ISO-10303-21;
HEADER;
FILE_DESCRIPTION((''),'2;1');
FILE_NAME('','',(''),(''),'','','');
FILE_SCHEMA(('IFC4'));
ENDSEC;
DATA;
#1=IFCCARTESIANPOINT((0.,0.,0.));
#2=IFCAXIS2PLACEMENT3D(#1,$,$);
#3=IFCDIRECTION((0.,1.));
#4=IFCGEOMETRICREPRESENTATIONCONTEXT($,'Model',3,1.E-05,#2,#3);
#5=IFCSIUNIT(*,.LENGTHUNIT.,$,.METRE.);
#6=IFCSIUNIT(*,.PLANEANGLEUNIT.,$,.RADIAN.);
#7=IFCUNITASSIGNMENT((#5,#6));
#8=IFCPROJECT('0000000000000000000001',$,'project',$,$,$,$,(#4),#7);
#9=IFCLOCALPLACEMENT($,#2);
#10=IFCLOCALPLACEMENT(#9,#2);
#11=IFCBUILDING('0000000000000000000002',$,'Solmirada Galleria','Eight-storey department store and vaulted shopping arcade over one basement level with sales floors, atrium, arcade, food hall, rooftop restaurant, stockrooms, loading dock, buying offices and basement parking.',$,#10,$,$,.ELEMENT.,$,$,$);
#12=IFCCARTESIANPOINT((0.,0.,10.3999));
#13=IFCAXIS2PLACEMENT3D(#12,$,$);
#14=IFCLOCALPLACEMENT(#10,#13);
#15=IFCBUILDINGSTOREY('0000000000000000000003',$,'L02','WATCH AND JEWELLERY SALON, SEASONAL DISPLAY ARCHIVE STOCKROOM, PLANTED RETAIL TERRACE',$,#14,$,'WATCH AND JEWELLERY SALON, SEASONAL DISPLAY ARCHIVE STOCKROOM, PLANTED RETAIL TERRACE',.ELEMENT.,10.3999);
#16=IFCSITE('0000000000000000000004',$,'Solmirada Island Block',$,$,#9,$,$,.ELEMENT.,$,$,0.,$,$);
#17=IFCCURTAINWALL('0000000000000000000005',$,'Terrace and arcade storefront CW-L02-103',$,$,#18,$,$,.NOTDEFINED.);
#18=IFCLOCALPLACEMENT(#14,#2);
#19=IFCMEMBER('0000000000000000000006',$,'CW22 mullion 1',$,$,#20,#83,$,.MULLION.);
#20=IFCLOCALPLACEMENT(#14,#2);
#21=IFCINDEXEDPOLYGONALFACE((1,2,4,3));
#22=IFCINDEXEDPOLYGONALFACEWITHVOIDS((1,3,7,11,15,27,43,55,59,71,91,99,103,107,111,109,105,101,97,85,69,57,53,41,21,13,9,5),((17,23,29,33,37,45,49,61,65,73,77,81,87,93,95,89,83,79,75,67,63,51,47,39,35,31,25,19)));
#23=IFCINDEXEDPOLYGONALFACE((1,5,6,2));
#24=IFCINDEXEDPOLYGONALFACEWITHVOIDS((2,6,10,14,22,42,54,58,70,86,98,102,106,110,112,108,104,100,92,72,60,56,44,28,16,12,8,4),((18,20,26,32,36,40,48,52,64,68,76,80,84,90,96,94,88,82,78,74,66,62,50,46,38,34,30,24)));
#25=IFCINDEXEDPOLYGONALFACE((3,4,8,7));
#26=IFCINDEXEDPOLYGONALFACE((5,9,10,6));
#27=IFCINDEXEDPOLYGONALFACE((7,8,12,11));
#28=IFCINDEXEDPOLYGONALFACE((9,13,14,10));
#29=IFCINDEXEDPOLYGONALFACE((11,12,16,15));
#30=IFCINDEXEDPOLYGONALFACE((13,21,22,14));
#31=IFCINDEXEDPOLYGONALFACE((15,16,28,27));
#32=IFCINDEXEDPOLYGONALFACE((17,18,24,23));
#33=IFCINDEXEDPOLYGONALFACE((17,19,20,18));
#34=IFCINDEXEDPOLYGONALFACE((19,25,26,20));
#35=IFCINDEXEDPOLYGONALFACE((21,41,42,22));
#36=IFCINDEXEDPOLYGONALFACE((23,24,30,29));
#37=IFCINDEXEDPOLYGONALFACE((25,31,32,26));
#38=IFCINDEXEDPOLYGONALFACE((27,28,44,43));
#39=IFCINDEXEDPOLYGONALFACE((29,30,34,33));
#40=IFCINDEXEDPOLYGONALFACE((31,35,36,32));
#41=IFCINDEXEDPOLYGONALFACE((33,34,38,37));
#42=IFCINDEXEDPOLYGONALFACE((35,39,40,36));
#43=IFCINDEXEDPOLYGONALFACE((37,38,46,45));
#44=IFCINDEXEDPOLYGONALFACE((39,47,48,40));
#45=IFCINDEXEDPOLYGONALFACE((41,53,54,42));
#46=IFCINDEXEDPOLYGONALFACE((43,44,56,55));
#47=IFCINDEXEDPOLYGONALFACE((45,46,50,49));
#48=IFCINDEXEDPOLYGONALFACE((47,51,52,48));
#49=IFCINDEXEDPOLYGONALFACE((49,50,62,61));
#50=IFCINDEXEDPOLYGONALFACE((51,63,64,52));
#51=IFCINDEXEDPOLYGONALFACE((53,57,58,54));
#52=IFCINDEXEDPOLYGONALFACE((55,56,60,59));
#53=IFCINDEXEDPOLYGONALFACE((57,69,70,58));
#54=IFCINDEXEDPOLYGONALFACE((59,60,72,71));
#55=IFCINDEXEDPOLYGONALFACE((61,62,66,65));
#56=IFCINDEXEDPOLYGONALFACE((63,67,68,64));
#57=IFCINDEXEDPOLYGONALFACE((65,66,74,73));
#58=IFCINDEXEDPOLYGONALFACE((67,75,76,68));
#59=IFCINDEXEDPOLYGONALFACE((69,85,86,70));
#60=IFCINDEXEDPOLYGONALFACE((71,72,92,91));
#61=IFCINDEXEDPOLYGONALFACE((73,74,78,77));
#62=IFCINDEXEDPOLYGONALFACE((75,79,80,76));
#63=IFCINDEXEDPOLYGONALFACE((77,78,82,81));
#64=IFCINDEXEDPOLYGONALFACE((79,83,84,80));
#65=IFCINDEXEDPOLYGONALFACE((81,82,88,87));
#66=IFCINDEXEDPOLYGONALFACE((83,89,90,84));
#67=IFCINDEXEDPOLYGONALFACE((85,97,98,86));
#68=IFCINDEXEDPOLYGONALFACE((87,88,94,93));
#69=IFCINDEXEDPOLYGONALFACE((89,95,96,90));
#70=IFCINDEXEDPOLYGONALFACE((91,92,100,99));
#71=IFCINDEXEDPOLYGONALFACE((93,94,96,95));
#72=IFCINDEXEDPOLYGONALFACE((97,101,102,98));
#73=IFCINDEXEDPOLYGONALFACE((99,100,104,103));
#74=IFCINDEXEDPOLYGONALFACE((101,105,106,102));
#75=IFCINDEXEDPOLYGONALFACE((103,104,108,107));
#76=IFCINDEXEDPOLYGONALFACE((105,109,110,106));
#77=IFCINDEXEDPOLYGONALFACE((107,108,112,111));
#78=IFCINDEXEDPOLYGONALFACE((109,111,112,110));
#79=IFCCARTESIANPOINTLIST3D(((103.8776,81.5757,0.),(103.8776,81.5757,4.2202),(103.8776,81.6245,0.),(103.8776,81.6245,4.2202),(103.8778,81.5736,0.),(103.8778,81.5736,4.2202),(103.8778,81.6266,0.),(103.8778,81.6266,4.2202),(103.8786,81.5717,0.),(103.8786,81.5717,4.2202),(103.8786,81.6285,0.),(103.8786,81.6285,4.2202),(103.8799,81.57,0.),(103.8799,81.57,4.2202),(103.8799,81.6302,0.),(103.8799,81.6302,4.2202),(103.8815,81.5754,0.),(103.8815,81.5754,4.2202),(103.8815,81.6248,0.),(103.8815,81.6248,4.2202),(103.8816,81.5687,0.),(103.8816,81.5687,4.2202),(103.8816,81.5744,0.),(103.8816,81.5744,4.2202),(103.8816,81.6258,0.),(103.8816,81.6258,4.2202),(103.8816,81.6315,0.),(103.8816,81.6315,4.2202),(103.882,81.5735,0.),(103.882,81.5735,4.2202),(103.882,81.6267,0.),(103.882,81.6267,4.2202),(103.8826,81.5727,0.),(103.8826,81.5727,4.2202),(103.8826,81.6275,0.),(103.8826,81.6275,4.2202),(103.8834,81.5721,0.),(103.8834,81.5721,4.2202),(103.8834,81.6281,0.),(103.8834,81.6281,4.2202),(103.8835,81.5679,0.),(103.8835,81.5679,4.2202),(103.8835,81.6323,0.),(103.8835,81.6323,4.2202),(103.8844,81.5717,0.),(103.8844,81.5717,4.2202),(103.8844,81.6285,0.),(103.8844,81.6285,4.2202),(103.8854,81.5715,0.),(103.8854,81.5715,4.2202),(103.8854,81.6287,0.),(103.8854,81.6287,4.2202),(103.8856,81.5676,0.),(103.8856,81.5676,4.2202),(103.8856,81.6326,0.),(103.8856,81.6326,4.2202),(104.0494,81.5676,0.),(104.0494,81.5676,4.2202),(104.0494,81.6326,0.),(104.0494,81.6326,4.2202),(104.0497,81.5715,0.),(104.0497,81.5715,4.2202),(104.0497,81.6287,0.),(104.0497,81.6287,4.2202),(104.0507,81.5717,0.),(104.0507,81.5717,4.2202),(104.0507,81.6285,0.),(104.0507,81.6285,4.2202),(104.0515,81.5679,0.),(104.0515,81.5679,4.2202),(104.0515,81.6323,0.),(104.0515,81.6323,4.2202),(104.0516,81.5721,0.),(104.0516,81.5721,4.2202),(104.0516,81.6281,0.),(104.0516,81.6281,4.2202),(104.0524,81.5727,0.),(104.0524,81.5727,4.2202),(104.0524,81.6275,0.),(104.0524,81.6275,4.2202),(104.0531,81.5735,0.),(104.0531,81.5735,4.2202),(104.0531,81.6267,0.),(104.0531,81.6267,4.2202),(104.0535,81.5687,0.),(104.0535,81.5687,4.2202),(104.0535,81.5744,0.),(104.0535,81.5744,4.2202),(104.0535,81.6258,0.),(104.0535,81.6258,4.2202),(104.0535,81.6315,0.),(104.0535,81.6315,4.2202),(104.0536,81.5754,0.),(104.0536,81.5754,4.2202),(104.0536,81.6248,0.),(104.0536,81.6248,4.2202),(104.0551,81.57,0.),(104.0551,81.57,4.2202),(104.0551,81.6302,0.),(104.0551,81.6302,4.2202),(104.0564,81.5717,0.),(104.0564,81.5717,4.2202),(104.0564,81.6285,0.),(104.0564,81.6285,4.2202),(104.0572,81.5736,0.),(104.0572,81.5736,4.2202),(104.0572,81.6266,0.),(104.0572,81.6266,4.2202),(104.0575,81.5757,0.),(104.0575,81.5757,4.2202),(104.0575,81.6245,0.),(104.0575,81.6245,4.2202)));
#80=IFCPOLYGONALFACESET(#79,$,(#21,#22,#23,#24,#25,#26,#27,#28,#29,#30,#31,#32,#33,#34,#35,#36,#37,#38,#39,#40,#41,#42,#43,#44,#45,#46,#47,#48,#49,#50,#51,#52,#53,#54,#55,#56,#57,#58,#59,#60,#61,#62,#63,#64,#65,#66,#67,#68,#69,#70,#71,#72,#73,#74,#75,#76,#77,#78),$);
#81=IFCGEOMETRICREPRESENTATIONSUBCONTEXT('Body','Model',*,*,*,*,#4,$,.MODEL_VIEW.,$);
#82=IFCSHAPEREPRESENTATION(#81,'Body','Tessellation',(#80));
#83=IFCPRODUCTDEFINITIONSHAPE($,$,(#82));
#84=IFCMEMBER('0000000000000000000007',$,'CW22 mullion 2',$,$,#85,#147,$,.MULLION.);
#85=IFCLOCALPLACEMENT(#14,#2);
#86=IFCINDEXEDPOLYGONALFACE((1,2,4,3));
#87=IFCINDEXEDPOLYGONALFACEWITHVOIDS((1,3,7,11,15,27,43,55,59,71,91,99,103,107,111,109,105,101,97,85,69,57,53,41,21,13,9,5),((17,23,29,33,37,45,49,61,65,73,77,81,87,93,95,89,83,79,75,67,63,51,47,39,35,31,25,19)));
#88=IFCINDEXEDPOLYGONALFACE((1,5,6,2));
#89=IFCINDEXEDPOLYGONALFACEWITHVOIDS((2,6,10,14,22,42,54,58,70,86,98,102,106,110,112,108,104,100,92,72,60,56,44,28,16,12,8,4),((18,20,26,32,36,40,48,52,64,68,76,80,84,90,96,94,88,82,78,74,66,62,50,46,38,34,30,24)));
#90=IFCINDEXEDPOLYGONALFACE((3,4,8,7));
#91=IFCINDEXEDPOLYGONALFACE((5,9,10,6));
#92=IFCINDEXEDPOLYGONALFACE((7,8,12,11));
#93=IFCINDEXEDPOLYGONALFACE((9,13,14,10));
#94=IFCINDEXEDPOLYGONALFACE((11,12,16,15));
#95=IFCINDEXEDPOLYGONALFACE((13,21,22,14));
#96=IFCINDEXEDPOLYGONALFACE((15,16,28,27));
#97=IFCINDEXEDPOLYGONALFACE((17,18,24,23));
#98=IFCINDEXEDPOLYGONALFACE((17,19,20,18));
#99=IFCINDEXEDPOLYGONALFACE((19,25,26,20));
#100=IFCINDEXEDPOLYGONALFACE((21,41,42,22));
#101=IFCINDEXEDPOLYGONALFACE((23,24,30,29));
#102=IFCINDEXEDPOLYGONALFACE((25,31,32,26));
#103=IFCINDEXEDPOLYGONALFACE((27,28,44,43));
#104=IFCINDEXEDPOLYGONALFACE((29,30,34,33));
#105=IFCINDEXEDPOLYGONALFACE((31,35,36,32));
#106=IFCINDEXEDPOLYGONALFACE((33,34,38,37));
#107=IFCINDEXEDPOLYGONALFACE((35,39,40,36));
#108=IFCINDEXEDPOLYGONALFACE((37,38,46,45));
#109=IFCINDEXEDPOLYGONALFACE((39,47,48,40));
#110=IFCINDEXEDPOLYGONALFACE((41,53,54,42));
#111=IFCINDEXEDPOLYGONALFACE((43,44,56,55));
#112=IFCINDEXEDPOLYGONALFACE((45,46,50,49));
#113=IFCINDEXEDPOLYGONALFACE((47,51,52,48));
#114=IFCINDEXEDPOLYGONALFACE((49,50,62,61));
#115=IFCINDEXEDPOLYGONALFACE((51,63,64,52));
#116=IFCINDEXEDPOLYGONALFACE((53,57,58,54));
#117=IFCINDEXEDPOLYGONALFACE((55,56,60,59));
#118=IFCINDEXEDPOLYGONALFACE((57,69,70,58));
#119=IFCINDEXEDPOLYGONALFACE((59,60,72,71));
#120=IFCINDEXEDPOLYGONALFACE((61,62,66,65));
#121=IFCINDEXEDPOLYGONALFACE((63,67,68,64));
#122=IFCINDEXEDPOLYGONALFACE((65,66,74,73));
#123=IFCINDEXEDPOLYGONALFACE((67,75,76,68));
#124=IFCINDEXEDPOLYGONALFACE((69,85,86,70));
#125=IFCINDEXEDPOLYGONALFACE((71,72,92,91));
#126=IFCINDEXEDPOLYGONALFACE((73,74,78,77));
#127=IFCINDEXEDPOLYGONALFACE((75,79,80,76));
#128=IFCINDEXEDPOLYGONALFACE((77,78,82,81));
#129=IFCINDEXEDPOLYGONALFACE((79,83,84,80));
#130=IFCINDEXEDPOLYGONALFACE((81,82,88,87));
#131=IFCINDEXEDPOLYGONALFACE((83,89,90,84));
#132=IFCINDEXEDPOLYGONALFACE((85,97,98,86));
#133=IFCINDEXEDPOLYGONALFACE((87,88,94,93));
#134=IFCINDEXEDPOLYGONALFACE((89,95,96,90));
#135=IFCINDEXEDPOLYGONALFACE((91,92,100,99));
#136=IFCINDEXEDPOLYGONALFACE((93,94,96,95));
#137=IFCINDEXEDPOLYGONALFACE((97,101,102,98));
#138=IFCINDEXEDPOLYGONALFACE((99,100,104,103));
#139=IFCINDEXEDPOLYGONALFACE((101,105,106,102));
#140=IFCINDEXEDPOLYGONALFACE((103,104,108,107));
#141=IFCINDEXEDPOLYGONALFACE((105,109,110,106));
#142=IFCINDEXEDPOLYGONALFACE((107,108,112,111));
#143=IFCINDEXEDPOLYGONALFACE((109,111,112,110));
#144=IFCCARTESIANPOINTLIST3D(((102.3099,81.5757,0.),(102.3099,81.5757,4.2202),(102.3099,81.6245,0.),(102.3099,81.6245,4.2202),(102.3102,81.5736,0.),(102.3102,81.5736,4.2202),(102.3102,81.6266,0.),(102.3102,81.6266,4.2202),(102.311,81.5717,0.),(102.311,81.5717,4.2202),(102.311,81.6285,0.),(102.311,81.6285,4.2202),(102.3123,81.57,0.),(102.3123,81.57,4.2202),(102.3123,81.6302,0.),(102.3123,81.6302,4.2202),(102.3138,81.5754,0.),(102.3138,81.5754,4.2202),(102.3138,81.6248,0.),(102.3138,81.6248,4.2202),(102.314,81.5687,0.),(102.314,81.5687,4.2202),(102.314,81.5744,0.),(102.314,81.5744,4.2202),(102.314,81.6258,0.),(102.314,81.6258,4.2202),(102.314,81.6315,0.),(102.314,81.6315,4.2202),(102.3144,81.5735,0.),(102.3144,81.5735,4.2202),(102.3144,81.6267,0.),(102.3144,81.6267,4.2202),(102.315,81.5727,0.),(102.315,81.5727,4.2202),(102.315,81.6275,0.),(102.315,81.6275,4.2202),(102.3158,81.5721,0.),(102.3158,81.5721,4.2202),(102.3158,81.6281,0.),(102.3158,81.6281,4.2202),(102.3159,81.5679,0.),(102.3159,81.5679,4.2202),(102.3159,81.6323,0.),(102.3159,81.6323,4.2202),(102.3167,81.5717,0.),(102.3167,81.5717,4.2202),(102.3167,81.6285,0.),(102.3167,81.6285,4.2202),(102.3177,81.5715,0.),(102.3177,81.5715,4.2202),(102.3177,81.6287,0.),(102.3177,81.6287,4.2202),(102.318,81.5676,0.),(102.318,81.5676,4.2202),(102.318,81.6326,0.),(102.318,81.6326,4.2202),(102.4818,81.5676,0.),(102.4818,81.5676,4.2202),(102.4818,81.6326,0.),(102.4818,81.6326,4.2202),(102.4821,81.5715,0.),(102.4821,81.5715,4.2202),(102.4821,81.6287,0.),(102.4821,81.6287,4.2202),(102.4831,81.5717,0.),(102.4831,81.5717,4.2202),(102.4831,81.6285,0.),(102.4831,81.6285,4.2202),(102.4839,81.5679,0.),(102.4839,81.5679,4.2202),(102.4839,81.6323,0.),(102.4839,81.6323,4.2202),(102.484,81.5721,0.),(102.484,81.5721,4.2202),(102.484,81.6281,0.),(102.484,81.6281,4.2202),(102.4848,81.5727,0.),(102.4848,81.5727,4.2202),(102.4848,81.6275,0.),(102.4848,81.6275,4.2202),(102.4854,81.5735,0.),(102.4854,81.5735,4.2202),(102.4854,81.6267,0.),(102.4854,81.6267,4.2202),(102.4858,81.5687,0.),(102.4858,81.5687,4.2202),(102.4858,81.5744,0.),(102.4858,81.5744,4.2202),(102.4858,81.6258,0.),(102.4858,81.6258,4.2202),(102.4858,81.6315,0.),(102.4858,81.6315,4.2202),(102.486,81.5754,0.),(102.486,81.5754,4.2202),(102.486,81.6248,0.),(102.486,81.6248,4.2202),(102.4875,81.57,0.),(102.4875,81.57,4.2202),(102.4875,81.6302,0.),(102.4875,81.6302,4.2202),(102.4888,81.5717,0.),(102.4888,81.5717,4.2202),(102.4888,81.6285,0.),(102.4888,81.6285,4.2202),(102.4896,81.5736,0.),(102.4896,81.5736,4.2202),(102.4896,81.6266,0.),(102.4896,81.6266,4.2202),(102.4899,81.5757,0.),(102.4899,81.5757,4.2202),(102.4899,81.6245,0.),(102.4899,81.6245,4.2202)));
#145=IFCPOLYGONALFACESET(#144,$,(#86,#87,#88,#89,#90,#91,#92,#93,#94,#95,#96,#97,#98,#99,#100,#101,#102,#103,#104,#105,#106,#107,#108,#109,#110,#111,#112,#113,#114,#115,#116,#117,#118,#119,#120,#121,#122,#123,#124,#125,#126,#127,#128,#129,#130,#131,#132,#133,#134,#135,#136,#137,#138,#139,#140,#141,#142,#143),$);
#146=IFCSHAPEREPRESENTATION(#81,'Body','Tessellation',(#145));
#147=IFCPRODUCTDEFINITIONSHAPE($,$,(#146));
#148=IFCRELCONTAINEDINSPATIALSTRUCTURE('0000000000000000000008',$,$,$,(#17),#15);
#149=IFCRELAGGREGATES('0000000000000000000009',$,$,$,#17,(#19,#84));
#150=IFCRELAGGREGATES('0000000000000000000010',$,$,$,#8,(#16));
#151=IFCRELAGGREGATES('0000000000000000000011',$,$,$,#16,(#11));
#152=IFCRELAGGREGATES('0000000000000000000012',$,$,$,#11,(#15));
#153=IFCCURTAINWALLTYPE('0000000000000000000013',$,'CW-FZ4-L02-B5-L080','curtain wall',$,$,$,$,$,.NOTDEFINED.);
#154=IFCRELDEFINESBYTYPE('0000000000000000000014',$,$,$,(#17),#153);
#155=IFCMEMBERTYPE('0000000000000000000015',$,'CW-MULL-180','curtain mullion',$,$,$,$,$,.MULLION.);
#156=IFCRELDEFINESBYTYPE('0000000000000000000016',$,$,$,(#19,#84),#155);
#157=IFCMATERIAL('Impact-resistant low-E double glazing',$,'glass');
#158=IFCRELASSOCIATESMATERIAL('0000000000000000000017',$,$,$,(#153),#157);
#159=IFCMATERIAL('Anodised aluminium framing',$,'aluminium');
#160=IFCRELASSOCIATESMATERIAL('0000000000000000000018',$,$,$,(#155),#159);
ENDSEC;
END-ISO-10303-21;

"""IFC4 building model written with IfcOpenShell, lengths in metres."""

from ifc_helpers import new_model, si_unit, direction, frame, origin, origin_2d, place, context, subcontext, project, spatial, hollow_rectangle, extrude, material, material_profile, profile_set, type_object, element, aggregate, save


model = new_model("IFC4")

# Units and contexts
model_context = context("Model", 3, precision=1e-05, world=origin(), true_north=direction((0.0, 1.0)))
body_context = subcontext(model_context, "Body", "Model", "MODEL_VIEW")
ifc_project = project(units=[si_unit("LENGTHUNIT", "METRE"), si_unit("PLANEANGLEUNIT", "RADIAN")], contexts=[model_context])

# Site, building, storey
site_placement = place(None, origin())
site = spatial("IfcSite", under=ifc_project, at=site_placement, Name="Solmirada Island Block", CompositionType="ELEMENT", RefElevation=0.0)
building_placement = place(site_placement, origin())
building = spatial("IfcBuilding", under=site, at=building_placement, Name="Solmirada Galleria", Description="Eight-storey department store and vaulted shopping arcade over one basement level with sales floors, atrium, arcade, food hall, rooftop restaurant, stockrooms, loading dock, buying offices and basement parking.", CompositionType="ELEMENT")
storey_placement = place(building_placement, frame((0.0, 0.0, 10.3999)))
storey = spatial("IfcBuildingStorey", under=building, at=storey_placement, Name="L02", Description="WATCH AND JEWELLERY SALON, SEASONAL DISPLAY ARCHIVE STOCKROOM, PLANTED RETAIL TERRACE", LongName="WATCH AND JEWELLERY SALON, SEASONAL DISPLAY ARCHIVE STOCKROOM, PLANTED RETAIL TERRACE", CompositionType="ELEMENT", Elevation=10.3999)

# Curtain wall, members
ifc_material_1 = material(Name="Impact-resistant low-E double glazing", Category="glass")
curtain_wall_type = type_object("IfcCurtainWallType", Name="CW-FZ4-L02-B5-L080", Description="curtain wall", PredefinedType="NOTDEFINED", material=ifc_material_1)
curtain_wall_placement = place(storey_placement, origin())
curtain_wall = element("IfcCurtainWall", 1, at=curtain_wall_placement, inside=storey, type_object=curtain_wall_type, Name="Terrace and arcade storefront CW-L02-103", PredefinedType="NOTDEFINED")
ifc_material_2 = material(Name="Anodised aluminium framing", Category="aluminium")
ifc_material_profile_1 = material_profile(ifc_material_2, hollow_rectangle(XDim=0.0649, YDim=0.1799, WallThickness=0.0039, InnerFilletRadius=0.0039, OuterFilletRadius=0.0081, at=origin_2d()), Name="ALU-MULL-180X65")
ifc_profile_set_1 = profile_set([ifc_material_profile_1], Name="Anodised aluminium framing")
member_type_1 = type_object("IfcMemberType", Name="CW-MULL-180", Description="curtain mullion", PredefinedType="MULLION", material=ifc_profile_set_1)
member_1_placement = place(storey_placement, frame((103.9675, 81.6001, 0.0), z_axis=(0.0, 0.0, 1.0), x_axis=(0.0, -1.0, 0.0)))
member_1 = element("IfcMember", 2, at=member_1_placement, type_object=member_type_1, Name="CW22 mullion 1", PredefinedType="MULLION", context=body_context, shape_type="SweptSolid", body=[
    extrude(hollow_rectangle(XDim=0.0649, YDim=0.1799, WallThickness=0.0039, InnerFilletRadius=0.0039, OuterFilletRadius=0.0081, at=origin_2d()), origin(), (0.0, 0.0, 1.0), 4.2202),
])
member_2_placement = place(storey_placement, frame((102.3999, 81.6001, 0.0), z_axis=(0.0, 0.0, 1.0), x_axis=(0.0, -1.0, 0.0)))
member_2 = element("IfcMember", 3, at=member_2_placement, type_object=member_type_1, Name="CW22 mullion 2", PredefinedType="MULLION", context=body_context, shape_type="SweptSolid", body=[
    extrude(hollow_rectangle(XDim=0.0649, YDim=0.1799, WallThickness=0.0039, InnerFilletRadius=0.0039, OuterFilletRadius=0.0081, at=origin_2d()), origin(), (0.0, 0.0, 1.0), 4.2202),
])
aggregate(curtain_wall, [member_1, member_2])

save(model, "model.ifc")
